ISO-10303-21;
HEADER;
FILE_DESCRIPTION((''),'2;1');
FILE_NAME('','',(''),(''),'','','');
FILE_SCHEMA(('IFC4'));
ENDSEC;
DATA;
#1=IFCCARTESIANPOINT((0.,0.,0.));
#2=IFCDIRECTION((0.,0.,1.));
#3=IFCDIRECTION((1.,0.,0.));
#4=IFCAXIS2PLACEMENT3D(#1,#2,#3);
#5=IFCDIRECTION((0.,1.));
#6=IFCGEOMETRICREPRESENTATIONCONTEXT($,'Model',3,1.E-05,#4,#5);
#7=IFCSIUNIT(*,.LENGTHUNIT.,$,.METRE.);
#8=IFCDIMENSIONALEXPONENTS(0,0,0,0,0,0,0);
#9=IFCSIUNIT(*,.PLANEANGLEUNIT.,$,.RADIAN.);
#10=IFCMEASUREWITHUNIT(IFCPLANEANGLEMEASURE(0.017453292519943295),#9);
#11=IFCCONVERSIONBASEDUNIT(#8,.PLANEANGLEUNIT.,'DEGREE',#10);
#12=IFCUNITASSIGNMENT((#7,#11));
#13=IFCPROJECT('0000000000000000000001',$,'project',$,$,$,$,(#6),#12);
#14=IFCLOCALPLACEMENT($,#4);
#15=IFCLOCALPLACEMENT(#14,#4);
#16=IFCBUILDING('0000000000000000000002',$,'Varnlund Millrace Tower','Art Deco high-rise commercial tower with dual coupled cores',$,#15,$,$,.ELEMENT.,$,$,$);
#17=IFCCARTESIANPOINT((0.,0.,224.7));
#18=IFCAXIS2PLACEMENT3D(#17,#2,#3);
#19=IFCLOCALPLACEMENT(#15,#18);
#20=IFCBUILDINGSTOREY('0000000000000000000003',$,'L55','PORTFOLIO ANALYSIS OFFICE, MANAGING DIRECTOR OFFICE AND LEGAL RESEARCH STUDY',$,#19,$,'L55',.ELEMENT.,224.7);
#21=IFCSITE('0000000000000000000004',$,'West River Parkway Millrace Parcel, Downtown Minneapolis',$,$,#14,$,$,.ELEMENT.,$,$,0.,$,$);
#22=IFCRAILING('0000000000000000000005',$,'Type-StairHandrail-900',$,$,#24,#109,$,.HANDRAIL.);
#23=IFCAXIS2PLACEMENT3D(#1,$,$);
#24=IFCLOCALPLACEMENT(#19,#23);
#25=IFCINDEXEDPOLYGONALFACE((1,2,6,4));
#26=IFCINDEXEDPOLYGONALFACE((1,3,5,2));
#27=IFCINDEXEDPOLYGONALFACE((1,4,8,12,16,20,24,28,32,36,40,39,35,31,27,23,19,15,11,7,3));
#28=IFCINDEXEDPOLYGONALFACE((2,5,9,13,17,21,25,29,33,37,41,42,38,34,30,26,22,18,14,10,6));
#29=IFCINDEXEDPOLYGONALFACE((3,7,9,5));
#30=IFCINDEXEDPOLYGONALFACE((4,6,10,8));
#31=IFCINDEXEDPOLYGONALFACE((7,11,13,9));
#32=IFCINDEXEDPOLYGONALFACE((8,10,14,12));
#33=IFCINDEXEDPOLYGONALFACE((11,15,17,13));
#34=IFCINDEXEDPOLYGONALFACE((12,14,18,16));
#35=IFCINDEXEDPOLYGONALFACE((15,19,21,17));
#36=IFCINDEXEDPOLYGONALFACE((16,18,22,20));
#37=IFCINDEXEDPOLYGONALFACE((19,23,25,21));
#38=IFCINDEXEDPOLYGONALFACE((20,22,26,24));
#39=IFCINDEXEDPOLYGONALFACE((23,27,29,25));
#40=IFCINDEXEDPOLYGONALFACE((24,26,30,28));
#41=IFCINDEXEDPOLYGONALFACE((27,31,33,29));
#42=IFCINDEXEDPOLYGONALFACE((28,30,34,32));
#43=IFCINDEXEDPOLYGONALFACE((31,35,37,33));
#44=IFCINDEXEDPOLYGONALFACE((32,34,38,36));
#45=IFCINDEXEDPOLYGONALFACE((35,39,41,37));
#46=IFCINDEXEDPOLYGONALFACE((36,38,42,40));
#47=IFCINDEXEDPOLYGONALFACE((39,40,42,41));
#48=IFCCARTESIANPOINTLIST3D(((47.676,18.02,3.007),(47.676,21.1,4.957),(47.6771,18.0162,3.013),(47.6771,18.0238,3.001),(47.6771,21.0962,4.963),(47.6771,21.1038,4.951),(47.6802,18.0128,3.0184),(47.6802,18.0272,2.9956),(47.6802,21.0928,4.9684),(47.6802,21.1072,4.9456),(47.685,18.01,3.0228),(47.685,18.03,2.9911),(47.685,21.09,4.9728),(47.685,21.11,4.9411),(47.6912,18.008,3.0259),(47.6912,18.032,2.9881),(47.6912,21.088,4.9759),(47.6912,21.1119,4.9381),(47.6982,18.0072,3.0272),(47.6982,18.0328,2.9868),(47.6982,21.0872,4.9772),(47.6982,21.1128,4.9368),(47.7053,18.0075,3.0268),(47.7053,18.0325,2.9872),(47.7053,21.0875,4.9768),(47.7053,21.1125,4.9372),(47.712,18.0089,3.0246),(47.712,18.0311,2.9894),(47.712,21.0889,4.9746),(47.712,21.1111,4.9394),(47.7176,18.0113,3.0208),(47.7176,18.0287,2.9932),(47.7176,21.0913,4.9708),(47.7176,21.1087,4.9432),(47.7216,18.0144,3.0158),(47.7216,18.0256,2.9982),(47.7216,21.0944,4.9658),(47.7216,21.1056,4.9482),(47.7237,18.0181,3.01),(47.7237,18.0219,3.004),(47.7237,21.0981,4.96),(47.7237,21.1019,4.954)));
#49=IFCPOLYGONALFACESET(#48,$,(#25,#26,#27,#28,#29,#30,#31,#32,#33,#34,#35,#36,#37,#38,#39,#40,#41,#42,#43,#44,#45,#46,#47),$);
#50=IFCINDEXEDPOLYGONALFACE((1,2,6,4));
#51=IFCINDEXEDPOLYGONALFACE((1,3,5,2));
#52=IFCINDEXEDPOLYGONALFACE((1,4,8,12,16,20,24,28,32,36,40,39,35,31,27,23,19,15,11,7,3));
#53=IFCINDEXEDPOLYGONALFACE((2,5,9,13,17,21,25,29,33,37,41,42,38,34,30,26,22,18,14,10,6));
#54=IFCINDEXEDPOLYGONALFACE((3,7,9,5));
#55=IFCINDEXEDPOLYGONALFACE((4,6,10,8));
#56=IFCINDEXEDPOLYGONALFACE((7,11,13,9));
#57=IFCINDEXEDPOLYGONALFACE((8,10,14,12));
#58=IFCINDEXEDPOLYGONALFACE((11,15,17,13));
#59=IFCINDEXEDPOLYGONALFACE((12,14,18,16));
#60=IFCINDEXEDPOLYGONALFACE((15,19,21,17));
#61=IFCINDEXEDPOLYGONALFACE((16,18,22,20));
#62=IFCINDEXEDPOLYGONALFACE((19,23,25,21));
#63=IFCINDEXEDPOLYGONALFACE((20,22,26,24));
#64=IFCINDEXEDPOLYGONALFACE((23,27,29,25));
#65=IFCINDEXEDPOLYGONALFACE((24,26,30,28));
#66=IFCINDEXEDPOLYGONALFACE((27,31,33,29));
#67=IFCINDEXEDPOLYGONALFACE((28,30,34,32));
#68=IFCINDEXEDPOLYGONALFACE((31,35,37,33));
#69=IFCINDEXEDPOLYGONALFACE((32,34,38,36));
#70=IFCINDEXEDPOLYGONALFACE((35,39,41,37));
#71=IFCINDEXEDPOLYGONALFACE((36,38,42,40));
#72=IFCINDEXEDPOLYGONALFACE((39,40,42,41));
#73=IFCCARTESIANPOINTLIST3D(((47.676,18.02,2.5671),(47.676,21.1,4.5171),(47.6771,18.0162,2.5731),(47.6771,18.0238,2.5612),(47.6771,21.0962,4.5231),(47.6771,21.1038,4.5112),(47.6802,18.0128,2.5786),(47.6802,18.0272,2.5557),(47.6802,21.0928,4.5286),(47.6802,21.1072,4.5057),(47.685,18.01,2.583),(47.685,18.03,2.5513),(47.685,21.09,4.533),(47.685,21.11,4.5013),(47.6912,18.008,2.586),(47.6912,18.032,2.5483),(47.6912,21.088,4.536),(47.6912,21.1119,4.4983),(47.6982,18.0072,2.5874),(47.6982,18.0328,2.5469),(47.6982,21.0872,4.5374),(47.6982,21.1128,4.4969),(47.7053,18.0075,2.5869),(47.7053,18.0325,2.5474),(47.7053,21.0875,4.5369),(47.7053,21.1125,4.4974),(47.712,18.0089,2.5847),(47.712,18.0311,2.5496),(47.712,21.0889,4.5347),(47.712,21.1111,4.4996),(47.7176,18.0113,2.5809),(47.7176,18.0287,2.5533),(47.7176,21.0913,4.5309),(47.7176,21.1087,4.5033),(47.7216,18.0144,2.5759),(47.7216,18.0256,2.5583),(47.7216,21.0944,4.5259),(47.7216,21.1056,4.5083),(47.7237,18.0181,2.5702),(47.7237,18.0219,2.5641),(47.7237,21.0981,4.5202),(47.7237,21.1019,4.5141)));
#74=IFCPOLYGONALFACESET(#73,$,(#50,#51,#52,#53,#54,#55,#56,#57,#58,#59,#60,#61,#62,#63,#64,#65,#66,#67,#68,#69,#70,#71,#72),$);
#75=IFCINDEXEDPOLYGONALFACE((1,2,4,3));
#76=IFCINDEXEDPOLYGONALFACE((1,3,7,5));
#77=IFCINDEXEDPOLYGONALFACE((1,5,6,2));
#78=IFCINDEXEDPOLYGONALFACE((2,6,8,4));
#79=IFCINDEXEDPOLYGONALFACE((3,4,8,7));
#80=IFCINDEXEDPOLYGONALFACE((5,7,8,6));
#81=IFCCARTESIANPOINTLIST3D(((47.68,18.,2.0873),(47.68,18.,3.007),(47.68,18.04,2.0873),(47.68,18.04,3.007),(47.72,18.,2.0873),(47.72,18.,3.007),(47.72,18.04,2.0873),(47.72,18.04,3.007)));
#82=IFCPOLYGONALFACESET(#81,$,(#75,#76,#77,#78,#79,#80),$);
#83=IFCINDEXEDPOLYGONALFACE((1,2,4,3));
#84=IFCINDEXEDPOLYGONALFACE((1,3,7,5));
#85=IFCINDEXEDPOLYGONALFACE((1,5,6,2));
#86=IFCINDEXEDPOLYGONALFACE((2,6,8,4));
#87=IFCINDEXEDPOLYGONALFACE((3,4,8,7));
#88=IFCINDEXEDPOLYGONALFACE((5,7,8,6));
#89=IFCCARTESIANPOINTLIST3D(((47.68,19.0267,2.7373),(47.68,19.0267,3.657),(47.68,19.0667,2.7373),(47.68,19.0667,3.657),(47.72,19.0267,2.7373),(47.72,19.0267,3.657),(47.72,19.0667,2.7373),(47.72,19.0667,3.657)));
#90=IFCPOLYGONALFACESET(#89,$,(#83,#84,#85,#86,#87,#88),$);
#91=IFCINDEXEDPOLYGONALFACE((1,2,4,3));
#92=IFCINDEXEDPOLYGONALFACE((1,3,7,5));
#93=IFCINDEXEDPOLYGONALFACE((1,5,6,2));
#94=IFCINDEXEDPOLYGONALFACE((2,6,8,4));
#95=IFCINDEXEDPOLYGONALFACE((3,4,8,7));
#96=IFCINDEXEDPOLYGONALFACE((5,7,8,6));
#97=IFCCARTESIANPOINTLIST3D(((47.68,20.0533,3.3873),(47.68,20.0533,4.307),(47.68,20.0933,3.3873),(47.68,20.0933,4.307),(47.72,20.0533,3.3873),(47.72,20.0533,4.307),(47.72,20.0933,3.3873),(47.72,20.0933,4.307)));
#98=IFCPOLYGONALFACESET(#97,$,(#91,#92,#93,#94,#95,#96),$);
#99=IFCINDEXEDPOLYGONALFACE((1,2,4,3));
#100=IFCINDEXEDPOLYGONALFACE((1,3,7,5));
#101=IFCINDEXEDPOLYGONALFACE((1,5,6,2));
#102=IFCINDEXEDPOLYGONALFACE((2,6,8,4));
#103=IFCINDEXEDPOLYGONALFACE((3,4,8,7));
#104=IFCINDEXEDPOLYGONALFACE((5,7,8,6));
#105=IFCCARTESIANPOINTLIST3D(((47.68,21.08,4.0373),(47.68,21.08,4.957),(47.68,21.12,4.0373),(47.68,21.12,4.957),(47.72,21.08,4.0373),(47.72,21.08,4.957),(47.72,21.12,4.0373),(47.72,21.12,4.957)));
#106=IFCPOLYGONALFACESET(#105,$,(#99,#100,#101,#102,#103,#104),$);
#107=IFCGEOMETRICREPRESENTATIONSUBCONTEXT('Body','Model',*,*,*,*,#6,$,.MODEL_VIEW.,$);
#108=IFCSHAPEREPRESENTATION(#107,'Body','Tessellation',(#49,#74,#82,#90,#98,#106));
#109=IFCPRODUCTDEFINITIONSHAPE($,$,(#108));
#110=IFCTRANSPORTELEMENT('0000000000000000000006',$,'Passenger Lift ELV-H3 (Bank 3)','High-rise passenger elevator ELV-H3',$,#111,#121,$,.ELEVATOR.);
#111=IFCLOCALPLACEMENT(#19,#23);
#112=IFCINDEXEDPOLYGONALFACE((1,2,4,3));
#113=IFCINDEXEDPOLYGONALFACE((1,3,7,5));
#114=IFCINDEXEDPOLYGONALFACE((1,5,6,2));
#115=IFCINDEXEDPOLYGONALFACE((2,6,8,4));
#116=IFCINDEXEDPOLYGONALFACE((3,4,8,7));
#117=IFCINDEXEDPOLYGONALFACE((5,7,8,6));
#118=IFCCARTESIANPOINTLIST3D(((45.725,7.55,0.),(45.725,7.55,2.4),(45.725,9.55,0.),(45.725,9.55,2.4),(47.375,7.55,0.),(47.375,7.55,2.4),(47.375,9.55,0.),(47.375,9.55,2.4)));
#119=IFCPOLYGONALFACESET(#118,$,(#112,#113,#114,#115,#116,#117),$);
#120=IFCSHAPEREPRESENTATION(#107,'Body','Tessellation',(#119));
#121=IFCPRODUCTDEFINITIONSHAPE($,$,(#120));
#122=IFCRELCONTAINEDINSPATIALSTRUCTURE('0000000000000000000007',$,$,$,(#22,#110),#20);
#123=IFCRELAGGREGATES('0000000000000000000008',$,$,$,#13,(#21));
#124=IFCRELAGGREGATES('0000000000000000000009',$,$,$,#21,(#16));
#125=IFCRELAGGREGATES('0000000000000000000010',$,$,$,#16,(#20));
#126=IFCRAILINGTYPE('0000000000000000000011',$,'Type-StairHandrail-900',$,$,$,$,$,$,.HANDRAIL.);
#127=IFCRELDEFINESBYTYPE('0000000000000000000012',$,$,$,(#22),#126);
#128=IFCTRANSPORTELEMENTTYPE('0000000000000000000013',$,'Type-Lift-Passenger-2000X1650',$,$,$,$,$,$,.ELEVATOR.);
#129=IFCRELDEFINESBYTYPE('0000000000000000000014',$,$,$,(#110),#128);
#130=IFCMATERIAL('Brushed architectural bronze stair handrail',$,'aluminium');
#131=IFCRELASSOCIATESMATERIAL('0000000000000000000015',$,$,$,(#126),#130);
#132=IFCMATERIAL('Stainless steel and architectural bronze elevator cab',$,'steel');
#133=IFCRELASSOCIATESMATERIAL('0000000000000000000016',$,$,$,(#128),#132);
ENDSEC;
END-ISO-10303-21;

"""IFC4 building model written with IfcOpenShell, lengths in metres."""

from ifc_helpers import new_model, entity, si_unit, converted_unit, direction, frame, origin_with_axes, origin_2d_with_axis, place, context, subcontext, project, spatial, rectangle, circle, extrude, material, type_object, element, save


model = new_model("IFC4")

# Units and contexts
model_context = context("Model", 3, precision=1e-05, world=origin_with_axes(), true_north=direction((0.0, 1.0)))
body_context = subcontext(model_context, "Body", "Model", "MODEL_VIEW")
ifc_project = project(units=[si_unit("LENGTHUNIT", "METRE"), converted_unit("PLANEANGLEUNIT", "DEGREE", entity("IfcPlaneAngleMeasure", 0.017453292519943295), si_unit("PLANEANGLEUNIT", "RADIAN"), dimensions=[0, 0, 0, 0, 0, 0, 0])], contexts=[model_context])

# Site, building, storey
site_placement = place(None, origin_with_axes())
site = spatial("IfcSite", under=ifc_project, at=site_placement, Name="West River Parkway Millrace Parcel, Downtown Minneapolis", CompositionType="ELEMENT", RefElevation=0.0)
building_placement = place(site_placement, origin_with_axes())
building = spatial("IfcBuilding", under=site, at=building_placement, Name="Varnlund Millrace Tower", Description="Art Deco high-rise commercial tower with dual coupled cores", CompositionType="ELEMENT")
storey_placement = place(building_placement, frame((0.0, 0.0, 224.7), z_axis=(0.0, 0.0, 1.0), x_axis=(1.0, 0.0, 0.0)))
storey = spatial("IfcBuildingStorey", under=building, at=storey_placement, Name="L55", Description="PORTFOLIO ANALYSIS OFFICE, MANAGING DIRECTOR OFFICE AND LEGAL RESEARCH STUDY", LongName="L55", CompositionType="ELEMENT", Elevation=224.7)

# Railing
ifc_material_1 = material(Name="Brushed architectural bronze stair handrail", Category="aluminium")
railing_type_1 = type_object("IfcRailingType", Name="Type-StairHandrail-900", PredefinedType="HANDRAIL", material=ifc_material_1)
railing_1_placement = place(storey_placement, frame((0.0, 0.0, -224.7), z_axis=(0.0, 0.0, 1.0), x_axis=(1.0, 0.0, 0.0)))
element("IfcRailing", 1, at=railing_1_placement, inside=storey, type_object=railing_type_1, Name="Type-StairHandrail-900", PredefinedType="HANDRAIL", context=body_context, shape_type="SweptSolid", body=[
    extrude(circle(Radius=0.024, at=origin_2d_with_axis()), frame((47.7, 18.02, 227.707), z_axis=(0.0, 0.844902, 0.534922), x_axis=(-1.0, 0.0, 0.0)), (0.0, 0.0, 1.0), 3.6454),
    extrude(circle(Radius=0.024, at=origin_2d_with_axis()), frame((47.7, 18.02, 227.2671), z_axis=(0.0, 0.844902, 0.534922), x_axis=(-1.0, 0.0, 0.0)), (0.0, 0.0, 1.0), 3.6454),
    extrude(rectangle(XDim=0.04, YDim=0.04, at=origin_2d_with_axis()), frame((47.7, 18.02, 226.7873), z_axis=(0.0, 0.0, 1.0), x_axis=(1.0, 0.0, 0.0)), (0.0, 0.0, 1.0), 0.9197),
    extrude(rectangle(XDim=0.04, YDim=0.04, at=origin_2d_with_axis()), frame((47.7, 19.0467, 227.4373), z_axis=(0.0, 0.0, 1.0), x_axis=(1.0, 0.0, 0.0)), (0.0, 0.0, 1.0), 0.9197),
    extrude(rectangle(XDim=0.04, YDim=0.04, at=origin_2d_with_axis()), frame((47.7, 20.0733, 228.0873), z_axis=(0.0, 0.0, 1.0), x_axis=(1.0, 0.0, 0.0)), (0.0, 0.0, 1.0), 0.9197),
    extrude(rectangle(XDim=0.04, YDim=0.04, at=origin_2d_with_axis()), frame((47.7, 21.1, 228.7373), z_axis=(0.0, 0.0, 1.0), x_axis=(1.0, 0.0, 0.0)), (0.0, 0.0, 1.0), 0.9197),
])

# Transport element
ifc_material_2 = material(Name="Stainless steel and architectural bronze elevator cab", Category="steel")
transport_element_type = type_object("IfcTransportElementType", Name="Type-Lift-Passenger-2000X1650", PredefinedType="ELEVATOR", material=ifc_material_2)
transport_element_placement = place(storey_placement, frame((46.55, 8.55, 0.0), z_axis=(0.0, 0.0, 1.0), x_axis=(1.0, 0.0, 0.0)))
element("IfcTransportElement", 2, at=transport_element_placement, inside=storey, type_object=transport_element_type, Name="Passenger Lift ELV-H3 (Bank 3)", Description="High-rise passenger elevator ELV-H3", PredefinedType="ELEVATOR", context=body_context, shape_type="SweptSolid", body=[
    extrude(rectangle(XDim=1.65, YDim=2.0, at=origin_2d_with_axis()), origin_with_axes(), (0.0, 0.0, 1.0), 2.4),
])

save(model, "model.ifc")
